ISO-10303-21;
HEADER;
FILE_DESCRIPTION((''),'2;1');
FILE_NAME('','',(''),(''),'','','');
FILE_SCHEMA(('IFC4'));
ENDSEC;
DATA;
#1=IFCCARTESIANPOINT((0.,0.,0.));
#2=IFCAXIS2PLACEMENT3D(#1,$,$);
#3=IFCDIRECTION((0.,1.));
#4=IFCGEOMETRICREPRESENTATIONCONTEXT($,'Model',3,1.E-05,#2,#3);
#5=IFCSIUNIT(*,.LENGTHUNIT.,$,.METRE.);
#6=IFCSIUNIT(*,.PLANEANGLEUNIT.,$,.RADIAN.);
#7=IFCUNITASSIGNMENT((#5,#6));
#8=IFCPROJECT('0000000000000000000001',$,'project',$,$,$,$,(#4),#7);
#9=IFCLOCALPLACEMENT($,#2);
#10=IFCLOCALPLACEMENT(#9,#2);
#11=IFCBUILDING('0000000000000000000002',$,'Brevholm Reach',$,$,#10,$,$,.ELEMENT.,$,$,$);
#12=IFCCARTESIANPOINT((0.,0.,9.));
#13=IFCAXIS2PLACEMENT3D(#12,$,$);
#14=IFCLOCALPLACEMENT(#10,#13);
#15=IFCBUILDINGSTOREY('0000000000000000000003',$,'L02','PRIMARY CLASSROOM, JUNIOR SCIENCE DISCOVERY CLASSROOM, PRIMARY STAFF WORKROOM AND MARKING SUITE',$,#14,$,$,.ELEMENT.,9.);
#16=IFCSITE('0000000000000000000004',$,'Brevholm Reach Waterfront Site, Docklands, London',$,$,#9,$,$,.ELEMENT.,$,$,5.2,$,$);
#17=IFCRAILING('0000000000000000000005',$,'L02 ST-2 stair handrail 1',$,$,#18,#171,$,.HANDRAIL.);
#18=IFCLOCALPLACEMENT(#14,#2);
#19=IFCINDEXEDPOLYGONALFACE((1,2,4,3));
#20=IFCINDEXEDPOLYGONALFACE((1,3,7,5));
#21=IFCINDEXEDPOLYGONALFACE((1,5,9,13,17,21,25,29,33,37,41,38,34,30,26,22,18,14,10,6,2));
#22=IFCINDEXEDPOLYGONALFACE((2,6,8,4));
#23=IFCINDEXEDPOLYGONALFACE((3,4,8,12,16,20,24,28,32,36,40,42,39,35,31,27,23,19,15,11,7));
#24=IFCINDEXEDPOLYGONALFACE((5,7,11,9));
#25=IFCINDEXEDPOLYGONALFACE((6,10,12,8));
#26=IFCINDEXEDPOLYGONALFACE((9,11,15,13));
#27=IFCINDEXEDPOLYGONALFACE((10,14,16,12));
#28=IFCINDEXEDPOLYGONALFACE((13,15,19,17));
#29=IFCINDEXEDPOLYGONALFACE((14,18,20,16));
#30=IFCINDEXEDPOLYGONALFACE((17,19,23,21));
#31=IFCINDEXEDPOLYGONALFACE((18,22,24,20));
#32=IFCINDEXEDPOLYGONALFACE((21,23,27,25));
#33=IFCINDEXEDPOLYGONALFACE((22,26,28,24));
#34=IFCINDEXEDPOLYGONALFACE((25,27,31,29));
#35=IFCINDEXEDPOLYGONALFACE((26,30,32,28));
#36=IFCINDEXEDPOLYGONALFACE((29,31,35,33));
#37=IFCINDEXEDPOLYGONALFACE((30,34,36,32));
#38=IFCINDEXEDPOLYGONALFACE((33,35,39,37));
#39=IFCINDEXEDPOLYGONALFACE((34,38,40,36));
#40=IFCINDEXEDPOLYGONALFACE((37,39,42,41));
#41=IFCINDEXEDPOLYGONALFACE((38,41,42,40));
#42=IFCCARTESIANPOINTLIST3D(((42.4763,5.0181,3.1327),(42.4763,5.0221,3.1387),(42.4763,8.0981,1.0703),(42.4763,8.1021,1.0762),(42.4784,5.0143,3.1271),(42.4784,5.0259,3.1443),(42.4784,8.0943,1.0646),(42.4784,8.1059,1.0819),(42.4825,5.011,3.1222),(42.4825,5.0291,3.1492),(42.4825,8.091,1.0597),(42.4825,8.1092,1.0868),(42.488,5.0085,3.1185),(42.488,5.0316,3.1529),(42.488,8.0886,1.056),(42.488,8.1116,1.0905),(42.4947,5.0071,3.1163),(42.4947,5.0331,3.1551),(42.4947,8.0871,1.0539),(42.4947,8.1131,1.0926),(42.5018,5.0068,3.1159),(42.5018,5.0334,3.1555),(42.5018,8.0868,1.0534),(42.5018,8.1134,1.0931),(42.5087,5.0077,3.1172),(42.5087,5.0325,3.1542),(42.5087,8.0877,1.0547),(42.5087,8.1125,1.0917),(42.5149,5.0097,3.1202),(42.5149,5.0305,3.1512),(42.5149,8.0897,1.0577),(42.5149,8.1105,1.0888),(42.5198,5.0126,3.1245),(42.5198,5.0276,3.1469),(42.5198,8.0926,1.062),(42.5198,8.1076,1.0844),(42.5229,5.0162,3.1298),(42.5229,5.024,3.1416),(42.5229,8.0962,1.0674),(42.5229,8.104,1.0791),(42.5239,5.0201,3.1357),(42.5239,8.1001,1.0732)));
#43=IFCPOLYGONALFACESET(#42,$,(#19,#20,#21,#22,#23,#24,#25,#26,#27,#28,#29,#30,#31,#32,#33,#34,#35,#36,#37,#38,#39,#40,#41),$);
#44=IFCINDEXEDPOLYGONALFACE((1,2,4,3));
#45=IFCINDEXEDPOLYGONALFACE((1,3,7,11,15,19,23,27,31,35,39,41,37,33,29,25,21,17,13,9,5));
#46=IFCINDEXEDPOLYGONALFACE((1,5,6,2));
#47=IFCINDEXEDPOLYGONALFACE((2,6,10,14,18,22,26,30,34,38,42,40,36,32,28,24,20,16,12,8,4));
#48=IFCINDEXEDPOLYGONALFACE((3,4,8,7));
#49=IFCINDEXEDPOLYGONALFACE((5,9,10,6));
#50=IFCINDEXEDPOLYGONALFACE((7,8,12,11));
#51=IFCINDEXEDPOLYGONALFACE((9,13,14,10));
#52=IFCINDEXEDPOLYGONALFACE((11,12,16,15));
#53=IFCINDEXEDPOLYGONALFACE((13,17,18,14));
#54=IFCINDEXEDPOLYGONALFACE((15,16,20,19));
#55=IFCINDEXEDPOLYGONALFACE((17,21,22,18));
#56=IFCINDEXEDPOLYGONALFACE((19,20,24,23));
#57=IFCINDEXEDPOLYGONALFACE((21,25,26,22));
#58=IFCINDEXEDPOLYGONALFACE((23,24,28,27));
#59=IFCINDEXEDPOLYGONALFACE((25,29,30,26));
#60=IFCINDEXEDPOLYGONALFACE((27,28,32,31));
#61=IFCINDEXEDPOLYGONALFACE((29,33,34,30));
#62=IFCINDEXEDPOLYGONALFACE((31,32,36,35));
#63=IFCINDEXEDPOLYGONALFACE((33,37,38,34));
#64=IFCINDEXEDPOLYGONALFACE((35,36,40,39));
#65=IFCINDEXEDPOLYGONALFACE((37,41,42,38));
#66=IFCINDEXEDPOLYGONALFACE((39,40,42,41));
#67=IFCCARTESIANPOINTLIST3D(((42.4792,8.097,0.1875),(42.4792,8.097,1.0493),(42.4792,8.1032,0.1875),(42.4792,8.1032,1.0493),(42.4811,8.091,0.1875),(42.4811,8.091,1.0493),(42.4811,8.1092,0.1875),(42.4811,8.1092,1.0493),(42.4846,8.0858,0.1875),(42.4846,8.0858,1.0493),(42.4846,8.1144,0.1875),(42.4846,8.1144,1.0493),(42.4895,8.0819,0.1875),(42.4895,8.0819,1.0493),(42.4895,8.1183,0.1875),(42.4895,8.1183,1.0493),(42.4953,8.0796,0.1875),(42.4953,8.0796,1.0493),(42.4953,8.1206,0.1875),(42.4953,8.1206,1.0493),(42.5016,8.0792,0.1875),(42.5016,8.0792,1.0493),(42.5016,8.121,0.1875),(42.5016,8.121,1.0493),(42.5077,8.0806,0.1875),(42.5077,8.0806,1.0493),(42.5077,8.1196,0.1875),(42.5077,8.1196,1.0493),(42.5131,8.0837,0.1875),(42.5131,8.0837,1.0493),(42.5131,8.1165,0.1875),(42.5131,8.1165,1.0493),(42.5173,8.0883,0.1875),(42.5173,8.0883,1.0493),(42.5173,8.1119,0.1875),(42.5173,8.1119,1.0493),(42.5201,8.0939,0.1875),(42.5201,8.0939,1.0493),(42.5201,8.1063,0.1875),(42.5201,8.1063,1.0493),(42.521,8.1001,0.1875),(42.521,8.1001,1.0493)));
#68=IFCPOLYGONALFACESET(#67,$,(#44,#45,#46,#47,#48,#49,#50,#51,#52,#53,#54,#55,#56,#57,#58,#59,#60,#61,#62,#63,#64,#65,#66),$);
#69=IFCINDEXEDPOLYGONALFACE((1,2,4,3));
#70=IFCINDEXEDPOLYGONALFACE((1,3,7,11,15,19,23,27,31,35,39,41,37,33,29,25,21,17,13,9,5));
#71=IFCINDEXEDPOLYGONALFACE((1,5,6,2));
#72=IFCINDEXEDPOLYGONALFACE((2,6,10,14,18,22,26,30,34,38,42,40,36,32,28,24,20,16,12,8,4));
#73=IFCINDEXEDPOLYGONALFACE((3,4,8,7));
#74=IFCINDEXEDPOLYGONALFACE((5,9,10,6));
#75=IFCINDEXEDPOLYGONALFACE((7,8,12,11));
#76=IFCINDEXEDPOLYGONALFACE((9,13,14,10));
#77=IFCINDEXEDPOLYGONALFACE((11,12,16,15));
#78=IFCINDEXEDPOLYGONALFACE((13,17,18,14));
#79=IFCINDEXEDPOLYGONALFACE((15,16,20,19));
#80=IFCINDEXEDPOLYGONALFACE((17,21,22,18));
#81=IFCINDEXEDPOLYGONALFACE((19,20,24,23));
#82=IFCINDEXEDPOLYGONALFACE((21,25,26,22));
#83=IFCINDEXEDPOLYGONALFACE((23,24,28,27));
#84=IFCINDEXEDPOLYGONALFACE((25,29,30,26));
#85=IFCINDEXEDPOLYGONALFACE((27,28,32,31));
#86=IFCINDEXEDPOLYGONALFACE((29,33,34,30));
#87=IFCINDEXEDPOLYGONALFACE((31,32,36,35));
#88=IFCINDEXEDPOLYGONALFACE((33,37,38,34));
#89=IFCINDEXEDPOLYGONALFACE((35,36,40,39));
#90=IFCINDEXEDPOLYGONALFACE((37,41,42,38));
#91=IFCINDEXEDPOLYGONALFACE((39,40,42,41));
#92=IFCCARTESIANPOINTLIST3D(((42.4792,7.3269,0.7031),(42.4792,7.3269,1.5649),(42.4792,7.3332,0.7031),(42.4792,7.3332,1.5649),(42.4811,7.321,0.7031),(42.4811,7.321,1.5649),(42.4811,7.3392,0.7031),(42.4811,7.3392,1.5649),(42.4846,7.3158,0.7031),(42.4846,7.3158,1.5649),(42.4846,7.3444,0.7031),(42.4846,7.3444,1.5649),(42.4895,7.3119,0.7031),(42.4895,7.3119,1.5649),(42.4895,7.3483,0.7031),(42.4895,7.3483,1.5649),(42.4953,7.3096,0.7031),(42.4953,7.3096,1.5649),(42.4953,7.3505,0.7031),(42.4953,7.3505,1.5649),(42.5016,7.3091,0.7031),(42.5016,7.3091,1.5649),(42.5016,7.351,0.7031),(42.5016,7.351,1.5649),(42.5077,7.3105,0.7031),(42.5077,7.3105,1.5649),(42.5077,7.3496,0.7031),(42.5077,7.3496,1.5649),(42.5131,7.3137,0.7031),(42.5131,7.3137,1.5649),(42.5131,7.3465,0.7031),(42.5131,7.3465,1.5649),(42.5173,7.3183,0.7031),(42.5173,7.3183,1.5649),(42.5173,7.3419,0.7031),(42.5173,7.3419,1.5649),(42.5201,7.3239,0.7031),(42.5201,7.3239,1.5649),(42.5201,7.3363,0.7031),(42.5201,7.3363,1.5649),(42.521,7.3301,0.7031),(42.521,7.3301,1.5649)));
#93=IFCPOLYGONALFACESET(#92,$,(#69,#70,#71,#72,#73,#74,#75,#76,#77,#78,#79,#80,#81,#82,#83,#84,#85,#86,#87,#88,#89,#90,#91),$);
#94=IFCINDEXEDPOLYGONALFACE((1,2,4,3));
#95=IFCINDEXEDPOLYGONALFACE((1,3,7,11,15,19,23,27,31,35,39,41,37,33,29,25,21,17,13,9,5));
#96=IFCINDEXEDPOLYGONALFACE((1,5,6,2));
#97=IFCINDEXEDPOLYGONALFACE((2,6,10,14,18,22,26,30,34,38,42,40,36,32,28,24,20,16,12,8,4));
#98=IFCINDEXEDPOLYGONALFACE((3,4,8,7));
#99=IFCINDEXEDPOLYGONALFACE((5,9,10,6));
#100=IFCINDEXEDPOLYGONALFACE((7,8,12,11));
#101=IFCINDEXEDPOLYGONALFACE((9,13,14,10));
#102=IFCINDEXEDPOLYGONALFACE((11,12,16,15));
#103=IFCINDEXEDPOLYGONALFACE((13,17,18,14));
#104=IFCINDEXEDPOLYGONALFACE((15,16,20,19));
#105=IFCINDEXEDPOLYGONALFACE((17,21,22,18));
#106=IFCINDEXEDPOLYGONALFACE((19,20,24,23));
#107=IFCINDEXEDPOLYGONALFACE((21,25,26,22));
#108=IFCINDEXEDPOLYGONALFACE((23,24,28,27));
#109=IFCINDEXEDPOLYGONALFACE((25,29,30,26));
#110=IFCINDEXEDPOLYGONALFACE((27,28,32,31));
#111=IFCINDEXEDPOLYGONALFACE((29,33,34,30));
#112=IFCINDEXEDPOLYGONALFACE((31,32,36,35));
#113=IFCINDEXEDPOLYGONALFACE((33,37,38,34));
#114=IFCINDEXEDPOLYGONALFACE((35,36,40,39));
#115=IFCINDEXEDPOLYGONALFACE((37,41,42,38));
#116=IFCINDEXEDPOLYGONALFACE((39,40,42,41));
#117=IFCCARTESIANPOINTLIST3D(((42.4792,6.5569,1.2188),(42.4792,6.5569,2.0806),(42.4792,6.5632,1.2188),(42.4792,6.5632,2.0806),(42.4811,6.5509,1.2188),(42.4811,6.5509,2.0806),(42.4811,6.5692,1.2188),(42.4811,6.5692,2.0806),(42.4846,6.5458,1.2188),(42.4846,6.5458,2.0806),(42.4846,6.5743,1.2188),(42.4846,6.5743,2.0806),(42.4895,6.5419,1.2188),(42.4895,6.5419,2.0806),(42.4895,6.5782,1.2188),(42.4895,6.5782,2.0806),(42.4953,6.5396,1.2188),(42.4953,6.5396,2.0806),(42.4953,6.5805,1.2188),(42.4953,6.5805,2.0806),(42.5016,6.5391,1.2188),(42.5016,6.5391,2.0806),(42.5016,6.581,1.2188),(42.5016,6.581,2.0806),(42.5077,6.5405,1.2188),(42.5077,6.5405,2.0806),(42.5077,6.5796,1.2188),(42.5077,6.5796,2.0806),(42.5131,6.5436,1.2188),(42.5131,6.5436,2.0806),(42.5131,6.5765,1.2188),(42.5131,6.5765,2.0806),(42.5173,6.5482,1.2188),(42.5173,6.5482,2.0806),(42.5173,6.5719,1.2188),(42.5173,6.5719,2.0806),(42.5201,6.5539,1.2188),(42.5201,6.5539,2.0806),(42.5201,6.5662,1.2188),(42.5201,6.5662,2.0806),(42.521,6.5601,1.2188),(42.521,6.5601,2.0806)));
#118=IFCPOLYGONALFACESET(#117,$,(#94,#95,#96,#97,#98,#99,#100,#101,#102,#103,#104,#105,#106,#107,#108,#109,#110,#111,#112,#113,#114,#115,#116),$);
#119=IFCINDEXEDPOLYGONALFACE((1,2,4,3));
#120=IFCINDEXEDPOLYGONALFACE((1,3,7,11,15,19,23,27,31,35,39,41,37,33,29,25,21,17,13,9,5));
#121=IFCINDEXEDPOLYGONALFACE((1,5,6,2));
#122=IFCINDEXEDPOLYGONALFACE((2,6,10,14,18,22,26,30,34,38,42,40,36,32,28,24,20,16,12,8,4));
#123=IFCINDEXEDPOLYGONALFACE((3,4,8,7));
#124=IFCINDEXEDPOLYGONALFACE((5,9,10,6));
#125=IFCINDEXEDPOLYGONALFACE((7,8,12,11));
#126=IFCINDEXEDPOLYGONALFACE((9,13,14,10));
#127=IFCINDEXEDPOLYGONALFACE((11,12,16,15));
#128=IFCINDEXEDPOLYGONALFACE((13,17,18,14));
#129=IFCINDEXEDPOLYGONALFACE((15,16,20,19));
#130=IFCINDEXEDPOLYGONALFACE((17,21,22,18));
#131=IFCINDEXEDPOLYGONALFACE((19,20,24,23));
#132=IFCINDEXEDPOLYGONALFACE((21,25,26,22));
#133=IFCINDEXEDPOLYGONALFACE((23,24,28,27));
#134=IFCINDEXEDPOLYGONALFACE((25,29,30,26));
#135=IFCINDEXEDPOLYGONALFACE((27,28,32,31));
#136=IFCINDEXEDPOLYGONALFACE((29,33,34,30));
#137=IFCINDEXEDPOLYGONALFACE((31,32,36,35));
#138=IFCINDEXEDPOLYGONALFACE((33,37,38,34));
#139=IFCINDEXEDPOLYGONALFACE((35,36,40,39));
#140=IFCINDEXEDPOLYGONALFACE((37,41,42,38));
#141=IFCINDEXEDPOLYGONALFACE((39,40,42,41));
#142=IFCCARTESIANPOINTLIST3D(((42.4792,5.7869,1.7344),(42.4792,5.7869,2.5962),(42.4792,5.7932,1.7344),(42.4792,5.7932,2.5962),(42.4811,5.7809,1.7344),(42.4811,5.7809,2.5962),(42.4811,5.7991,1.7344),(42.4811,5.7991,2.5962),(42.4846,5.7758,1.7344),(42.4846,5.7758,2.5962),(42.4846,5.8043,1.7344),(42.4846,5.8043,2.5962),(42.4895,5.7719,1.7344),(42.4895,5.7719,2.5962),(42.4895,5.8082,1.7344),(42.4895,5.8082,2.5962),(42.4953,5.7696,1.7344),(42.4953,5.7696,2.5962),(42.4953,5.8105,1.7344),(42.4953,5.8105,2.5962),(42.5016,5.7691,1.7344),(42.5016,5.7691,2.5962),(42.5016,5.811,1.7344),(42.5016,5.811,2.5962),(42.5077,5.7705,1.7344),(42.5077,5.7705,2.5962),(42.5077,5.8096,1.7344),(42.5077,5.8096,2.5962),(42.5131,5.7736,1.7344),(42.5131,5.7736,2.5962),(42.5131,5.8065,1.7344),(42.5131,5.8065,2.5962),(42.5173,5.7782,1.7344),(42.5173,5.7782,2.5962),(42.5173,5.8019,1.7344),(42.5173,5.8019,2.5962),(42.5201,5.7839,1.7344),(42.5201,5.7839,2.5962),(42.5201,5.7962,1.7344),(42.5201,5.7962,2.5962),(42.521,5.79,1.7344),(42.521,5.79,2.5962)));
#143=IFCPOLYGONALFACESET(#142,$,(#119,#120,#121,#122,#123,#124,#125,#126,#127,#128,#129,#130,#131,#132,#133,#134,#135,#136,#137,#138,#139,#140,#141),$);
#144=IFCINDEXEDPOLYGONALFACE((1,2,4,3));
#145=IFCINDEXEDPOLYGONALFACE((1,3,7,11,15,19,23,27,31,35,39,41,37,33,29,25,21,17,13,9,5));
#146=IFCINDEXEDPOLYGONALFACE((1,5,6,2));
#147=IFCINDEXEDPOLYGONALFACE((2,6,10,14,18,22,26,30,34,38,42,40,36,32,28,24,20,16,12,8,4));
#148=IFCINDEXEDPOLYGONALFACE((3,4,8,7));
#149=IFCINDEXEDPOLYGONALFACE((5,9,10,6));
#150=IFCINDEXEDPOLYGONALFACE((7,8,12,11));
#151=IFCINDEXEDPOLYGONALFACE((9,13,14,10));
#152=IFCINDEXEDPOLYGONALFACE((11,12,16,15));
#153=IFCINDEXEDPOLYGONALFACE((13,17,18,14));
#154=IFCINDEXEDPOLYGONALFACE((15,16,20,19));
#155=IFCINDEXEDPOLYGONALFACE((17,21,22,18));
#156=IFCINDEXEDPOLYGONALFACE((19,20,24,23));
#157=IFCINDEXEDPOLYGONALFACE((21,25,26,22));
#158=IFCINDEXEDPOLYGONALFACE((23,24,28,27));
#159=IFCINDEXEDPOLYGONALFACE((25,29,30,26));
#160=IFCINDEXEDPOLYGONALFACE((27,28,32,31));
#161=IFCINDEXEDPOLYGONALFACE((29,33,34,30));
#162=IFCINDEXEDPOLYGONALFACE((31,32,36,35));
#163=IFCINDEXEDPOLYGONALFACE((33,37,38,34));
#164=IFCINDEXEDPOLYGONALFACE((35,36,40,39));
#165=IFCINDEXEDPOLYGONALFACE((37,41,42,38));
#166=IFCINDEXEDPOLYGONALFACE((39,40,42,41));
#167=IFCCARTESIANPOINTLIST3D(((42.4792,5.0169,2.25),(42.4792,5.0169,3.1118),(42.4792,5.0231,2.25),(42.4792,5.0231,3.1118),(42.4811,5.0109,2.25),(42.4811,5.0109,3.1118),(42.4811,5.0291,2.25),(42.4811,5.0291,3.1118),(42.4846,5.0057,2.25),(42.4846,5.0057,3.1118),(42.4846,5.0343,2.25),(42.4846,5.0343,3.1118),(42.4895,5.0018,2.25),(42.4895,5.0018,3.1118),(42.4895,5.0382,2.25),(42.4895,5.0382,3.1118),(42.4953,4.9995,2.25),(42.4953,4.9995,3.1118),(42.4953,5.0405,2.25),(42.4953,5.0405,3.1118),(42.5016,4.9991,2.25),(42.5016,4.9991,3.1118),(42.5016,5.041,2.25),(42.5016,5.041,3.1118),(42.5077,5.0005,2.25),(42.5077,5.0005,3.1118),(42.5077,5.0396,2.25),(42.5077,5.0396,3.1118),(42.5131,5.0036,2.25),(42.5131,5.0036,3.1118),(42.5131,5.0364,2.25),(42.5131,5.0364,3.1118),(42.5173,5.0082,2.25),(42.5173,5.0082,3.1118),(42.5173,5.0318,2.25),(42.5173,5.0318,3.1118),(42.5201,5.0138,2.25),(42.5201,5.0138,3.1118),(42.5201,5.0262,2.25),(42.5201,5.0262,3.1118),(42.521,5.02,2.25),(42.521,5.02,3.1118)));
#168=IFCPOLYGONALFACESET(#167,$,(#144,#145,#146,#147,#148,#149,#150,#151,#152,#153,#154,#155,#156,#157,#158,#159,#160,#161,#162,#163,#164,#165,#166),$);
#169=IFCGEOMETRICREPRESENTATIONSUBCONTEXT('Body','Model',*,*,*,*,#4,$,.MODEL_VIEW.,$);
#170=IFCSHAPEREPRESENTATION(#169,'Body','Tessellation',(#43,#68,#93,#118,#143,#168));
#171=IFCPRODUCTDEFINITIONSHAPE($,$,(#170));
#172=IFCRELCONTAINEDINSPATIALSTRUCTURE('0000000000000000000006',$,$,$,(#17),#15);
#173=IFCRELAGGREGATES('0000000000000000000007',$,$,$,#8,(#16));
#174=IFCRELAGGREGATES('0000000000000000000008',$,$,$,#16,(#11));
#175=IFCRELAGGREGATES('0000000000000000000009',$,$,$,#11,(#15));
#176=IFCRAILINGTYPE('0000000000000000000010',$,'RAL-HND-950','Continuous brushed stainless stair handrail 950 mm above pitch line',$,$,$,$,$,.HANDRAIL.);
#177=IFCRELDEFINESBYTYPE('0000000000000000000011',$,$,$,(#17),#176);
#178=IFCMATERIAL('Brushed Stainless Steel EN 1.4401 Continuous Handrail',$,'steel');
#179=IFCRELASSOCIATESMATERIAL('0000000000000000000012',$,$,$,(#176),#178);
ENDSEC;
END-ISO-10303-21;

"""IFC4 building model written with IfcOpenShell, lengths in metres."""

from ifc_helpers import new_model, si_unit, direction, frame, origin, origin_2d, place, context, subcontext, project, spatial, circle, extrude, material, type_object, element, save


model = new_model("IFC4")

# Units and contexts
model_context = context("Model", 3, precision=1e-05, world=origin(), true_north=direction((0.0, 1.0)))
body_context = subcontext(model_context, "Body", "Model", "MODEL_VIEW")
ifc_project = project(units=[si_unit("LENGTHUNIT", "METRE"), si_unit("PLANEANGLEUNIT", "RADIAN")], contexts=[model_context])

# Site, building, storey
site_placement = place(None, origin())
site = spatial("IfcSite", under=ifc_project, at=site_placement, Name="Brevholm Reach Waterfront Site, Docklands, London", CompositionType="ELEMENT", RefElevation=5.2)
building_placement = place(site_placement, origin())
building = spatial("IfcBuilding", under=site, at=building_placement, Name="Brevholm Reach", CompositionType="ELEMENT")
storey_placement = place(building_placement, frame((0.0, 0.0, 9.0)))
storey = spatial("IfcBuildingStorey", under=building, at=storey_placement, Name="L02", Description="PRIMARY CLASSROOM, JUNIOR SCIENCE DISCOVERY CLASSROOM, PRIMARY STAFF WORKROOM AND MARKING SUITE", CompositionType="ELEMENT", Elevation=9.0)

# Railing
ifc_material_1 = material(Name="Brushed Stainless Steel EN 1.4401 Continuous Handrail", Category="steel")
railing_type_1 = type_object("IfcRailingType", Name="RAL-HND-950", Description="Continuous brushed stainless stair handrail 950 mm above pitch line", PredefinedType="HANDRAIL", material=ifc_material_1)
railing_1_placement = place(storey_placement, frame((42.5, 8.1001, 0.1875)))
element("IfcRailing", 1, at=railing_1_placement, inside=storey, type_object=railing_type_1, Name="L02 ST-2 stair handrail 1", PredefinedType="HANDRAIL", context=body_context, shape_type="SweptSolid", body=[
    extrude(circle(Radius=0.0239, at=origin_2d()), frame((0.0, 0.0, 0.8857), z_axis=(0.0, -0.830914, 0.556401), x_axis=(1.0, 0.0, 0.0)), (0.0, 0.0, 1.0), 3.7068),
    extrude(circle(Radius=0.021, at=origin_2d()), origin(), (0.0, 0.0, 1.0), 0.8618),
    extrude(circle(Radius=0.021, at=origin_2d()), frame((0.0, -0.77, 0.5156)), (0.0, 0.0, 1.0), 0.8618),
    extrude(circle(Radius=0.021, at=origin_2d()), frame((0.0, -1.54, 1.0312)), (0.0, 0.0, 1.0), 0.8618),
    extrude(circle(Radius=0.021, at=origin_2d()), frame((0.0, -2.3101, 1.5469)), (0.0, 0.0, 1.0), 0.8618),
    extrude(circle(Radius=0.021, at=origin_2d()), frame((0.0, -3.0801, 2.0625)), (0.0, 0.0, 1.0), 0.8618),
])

save(model, "model.ifc")
